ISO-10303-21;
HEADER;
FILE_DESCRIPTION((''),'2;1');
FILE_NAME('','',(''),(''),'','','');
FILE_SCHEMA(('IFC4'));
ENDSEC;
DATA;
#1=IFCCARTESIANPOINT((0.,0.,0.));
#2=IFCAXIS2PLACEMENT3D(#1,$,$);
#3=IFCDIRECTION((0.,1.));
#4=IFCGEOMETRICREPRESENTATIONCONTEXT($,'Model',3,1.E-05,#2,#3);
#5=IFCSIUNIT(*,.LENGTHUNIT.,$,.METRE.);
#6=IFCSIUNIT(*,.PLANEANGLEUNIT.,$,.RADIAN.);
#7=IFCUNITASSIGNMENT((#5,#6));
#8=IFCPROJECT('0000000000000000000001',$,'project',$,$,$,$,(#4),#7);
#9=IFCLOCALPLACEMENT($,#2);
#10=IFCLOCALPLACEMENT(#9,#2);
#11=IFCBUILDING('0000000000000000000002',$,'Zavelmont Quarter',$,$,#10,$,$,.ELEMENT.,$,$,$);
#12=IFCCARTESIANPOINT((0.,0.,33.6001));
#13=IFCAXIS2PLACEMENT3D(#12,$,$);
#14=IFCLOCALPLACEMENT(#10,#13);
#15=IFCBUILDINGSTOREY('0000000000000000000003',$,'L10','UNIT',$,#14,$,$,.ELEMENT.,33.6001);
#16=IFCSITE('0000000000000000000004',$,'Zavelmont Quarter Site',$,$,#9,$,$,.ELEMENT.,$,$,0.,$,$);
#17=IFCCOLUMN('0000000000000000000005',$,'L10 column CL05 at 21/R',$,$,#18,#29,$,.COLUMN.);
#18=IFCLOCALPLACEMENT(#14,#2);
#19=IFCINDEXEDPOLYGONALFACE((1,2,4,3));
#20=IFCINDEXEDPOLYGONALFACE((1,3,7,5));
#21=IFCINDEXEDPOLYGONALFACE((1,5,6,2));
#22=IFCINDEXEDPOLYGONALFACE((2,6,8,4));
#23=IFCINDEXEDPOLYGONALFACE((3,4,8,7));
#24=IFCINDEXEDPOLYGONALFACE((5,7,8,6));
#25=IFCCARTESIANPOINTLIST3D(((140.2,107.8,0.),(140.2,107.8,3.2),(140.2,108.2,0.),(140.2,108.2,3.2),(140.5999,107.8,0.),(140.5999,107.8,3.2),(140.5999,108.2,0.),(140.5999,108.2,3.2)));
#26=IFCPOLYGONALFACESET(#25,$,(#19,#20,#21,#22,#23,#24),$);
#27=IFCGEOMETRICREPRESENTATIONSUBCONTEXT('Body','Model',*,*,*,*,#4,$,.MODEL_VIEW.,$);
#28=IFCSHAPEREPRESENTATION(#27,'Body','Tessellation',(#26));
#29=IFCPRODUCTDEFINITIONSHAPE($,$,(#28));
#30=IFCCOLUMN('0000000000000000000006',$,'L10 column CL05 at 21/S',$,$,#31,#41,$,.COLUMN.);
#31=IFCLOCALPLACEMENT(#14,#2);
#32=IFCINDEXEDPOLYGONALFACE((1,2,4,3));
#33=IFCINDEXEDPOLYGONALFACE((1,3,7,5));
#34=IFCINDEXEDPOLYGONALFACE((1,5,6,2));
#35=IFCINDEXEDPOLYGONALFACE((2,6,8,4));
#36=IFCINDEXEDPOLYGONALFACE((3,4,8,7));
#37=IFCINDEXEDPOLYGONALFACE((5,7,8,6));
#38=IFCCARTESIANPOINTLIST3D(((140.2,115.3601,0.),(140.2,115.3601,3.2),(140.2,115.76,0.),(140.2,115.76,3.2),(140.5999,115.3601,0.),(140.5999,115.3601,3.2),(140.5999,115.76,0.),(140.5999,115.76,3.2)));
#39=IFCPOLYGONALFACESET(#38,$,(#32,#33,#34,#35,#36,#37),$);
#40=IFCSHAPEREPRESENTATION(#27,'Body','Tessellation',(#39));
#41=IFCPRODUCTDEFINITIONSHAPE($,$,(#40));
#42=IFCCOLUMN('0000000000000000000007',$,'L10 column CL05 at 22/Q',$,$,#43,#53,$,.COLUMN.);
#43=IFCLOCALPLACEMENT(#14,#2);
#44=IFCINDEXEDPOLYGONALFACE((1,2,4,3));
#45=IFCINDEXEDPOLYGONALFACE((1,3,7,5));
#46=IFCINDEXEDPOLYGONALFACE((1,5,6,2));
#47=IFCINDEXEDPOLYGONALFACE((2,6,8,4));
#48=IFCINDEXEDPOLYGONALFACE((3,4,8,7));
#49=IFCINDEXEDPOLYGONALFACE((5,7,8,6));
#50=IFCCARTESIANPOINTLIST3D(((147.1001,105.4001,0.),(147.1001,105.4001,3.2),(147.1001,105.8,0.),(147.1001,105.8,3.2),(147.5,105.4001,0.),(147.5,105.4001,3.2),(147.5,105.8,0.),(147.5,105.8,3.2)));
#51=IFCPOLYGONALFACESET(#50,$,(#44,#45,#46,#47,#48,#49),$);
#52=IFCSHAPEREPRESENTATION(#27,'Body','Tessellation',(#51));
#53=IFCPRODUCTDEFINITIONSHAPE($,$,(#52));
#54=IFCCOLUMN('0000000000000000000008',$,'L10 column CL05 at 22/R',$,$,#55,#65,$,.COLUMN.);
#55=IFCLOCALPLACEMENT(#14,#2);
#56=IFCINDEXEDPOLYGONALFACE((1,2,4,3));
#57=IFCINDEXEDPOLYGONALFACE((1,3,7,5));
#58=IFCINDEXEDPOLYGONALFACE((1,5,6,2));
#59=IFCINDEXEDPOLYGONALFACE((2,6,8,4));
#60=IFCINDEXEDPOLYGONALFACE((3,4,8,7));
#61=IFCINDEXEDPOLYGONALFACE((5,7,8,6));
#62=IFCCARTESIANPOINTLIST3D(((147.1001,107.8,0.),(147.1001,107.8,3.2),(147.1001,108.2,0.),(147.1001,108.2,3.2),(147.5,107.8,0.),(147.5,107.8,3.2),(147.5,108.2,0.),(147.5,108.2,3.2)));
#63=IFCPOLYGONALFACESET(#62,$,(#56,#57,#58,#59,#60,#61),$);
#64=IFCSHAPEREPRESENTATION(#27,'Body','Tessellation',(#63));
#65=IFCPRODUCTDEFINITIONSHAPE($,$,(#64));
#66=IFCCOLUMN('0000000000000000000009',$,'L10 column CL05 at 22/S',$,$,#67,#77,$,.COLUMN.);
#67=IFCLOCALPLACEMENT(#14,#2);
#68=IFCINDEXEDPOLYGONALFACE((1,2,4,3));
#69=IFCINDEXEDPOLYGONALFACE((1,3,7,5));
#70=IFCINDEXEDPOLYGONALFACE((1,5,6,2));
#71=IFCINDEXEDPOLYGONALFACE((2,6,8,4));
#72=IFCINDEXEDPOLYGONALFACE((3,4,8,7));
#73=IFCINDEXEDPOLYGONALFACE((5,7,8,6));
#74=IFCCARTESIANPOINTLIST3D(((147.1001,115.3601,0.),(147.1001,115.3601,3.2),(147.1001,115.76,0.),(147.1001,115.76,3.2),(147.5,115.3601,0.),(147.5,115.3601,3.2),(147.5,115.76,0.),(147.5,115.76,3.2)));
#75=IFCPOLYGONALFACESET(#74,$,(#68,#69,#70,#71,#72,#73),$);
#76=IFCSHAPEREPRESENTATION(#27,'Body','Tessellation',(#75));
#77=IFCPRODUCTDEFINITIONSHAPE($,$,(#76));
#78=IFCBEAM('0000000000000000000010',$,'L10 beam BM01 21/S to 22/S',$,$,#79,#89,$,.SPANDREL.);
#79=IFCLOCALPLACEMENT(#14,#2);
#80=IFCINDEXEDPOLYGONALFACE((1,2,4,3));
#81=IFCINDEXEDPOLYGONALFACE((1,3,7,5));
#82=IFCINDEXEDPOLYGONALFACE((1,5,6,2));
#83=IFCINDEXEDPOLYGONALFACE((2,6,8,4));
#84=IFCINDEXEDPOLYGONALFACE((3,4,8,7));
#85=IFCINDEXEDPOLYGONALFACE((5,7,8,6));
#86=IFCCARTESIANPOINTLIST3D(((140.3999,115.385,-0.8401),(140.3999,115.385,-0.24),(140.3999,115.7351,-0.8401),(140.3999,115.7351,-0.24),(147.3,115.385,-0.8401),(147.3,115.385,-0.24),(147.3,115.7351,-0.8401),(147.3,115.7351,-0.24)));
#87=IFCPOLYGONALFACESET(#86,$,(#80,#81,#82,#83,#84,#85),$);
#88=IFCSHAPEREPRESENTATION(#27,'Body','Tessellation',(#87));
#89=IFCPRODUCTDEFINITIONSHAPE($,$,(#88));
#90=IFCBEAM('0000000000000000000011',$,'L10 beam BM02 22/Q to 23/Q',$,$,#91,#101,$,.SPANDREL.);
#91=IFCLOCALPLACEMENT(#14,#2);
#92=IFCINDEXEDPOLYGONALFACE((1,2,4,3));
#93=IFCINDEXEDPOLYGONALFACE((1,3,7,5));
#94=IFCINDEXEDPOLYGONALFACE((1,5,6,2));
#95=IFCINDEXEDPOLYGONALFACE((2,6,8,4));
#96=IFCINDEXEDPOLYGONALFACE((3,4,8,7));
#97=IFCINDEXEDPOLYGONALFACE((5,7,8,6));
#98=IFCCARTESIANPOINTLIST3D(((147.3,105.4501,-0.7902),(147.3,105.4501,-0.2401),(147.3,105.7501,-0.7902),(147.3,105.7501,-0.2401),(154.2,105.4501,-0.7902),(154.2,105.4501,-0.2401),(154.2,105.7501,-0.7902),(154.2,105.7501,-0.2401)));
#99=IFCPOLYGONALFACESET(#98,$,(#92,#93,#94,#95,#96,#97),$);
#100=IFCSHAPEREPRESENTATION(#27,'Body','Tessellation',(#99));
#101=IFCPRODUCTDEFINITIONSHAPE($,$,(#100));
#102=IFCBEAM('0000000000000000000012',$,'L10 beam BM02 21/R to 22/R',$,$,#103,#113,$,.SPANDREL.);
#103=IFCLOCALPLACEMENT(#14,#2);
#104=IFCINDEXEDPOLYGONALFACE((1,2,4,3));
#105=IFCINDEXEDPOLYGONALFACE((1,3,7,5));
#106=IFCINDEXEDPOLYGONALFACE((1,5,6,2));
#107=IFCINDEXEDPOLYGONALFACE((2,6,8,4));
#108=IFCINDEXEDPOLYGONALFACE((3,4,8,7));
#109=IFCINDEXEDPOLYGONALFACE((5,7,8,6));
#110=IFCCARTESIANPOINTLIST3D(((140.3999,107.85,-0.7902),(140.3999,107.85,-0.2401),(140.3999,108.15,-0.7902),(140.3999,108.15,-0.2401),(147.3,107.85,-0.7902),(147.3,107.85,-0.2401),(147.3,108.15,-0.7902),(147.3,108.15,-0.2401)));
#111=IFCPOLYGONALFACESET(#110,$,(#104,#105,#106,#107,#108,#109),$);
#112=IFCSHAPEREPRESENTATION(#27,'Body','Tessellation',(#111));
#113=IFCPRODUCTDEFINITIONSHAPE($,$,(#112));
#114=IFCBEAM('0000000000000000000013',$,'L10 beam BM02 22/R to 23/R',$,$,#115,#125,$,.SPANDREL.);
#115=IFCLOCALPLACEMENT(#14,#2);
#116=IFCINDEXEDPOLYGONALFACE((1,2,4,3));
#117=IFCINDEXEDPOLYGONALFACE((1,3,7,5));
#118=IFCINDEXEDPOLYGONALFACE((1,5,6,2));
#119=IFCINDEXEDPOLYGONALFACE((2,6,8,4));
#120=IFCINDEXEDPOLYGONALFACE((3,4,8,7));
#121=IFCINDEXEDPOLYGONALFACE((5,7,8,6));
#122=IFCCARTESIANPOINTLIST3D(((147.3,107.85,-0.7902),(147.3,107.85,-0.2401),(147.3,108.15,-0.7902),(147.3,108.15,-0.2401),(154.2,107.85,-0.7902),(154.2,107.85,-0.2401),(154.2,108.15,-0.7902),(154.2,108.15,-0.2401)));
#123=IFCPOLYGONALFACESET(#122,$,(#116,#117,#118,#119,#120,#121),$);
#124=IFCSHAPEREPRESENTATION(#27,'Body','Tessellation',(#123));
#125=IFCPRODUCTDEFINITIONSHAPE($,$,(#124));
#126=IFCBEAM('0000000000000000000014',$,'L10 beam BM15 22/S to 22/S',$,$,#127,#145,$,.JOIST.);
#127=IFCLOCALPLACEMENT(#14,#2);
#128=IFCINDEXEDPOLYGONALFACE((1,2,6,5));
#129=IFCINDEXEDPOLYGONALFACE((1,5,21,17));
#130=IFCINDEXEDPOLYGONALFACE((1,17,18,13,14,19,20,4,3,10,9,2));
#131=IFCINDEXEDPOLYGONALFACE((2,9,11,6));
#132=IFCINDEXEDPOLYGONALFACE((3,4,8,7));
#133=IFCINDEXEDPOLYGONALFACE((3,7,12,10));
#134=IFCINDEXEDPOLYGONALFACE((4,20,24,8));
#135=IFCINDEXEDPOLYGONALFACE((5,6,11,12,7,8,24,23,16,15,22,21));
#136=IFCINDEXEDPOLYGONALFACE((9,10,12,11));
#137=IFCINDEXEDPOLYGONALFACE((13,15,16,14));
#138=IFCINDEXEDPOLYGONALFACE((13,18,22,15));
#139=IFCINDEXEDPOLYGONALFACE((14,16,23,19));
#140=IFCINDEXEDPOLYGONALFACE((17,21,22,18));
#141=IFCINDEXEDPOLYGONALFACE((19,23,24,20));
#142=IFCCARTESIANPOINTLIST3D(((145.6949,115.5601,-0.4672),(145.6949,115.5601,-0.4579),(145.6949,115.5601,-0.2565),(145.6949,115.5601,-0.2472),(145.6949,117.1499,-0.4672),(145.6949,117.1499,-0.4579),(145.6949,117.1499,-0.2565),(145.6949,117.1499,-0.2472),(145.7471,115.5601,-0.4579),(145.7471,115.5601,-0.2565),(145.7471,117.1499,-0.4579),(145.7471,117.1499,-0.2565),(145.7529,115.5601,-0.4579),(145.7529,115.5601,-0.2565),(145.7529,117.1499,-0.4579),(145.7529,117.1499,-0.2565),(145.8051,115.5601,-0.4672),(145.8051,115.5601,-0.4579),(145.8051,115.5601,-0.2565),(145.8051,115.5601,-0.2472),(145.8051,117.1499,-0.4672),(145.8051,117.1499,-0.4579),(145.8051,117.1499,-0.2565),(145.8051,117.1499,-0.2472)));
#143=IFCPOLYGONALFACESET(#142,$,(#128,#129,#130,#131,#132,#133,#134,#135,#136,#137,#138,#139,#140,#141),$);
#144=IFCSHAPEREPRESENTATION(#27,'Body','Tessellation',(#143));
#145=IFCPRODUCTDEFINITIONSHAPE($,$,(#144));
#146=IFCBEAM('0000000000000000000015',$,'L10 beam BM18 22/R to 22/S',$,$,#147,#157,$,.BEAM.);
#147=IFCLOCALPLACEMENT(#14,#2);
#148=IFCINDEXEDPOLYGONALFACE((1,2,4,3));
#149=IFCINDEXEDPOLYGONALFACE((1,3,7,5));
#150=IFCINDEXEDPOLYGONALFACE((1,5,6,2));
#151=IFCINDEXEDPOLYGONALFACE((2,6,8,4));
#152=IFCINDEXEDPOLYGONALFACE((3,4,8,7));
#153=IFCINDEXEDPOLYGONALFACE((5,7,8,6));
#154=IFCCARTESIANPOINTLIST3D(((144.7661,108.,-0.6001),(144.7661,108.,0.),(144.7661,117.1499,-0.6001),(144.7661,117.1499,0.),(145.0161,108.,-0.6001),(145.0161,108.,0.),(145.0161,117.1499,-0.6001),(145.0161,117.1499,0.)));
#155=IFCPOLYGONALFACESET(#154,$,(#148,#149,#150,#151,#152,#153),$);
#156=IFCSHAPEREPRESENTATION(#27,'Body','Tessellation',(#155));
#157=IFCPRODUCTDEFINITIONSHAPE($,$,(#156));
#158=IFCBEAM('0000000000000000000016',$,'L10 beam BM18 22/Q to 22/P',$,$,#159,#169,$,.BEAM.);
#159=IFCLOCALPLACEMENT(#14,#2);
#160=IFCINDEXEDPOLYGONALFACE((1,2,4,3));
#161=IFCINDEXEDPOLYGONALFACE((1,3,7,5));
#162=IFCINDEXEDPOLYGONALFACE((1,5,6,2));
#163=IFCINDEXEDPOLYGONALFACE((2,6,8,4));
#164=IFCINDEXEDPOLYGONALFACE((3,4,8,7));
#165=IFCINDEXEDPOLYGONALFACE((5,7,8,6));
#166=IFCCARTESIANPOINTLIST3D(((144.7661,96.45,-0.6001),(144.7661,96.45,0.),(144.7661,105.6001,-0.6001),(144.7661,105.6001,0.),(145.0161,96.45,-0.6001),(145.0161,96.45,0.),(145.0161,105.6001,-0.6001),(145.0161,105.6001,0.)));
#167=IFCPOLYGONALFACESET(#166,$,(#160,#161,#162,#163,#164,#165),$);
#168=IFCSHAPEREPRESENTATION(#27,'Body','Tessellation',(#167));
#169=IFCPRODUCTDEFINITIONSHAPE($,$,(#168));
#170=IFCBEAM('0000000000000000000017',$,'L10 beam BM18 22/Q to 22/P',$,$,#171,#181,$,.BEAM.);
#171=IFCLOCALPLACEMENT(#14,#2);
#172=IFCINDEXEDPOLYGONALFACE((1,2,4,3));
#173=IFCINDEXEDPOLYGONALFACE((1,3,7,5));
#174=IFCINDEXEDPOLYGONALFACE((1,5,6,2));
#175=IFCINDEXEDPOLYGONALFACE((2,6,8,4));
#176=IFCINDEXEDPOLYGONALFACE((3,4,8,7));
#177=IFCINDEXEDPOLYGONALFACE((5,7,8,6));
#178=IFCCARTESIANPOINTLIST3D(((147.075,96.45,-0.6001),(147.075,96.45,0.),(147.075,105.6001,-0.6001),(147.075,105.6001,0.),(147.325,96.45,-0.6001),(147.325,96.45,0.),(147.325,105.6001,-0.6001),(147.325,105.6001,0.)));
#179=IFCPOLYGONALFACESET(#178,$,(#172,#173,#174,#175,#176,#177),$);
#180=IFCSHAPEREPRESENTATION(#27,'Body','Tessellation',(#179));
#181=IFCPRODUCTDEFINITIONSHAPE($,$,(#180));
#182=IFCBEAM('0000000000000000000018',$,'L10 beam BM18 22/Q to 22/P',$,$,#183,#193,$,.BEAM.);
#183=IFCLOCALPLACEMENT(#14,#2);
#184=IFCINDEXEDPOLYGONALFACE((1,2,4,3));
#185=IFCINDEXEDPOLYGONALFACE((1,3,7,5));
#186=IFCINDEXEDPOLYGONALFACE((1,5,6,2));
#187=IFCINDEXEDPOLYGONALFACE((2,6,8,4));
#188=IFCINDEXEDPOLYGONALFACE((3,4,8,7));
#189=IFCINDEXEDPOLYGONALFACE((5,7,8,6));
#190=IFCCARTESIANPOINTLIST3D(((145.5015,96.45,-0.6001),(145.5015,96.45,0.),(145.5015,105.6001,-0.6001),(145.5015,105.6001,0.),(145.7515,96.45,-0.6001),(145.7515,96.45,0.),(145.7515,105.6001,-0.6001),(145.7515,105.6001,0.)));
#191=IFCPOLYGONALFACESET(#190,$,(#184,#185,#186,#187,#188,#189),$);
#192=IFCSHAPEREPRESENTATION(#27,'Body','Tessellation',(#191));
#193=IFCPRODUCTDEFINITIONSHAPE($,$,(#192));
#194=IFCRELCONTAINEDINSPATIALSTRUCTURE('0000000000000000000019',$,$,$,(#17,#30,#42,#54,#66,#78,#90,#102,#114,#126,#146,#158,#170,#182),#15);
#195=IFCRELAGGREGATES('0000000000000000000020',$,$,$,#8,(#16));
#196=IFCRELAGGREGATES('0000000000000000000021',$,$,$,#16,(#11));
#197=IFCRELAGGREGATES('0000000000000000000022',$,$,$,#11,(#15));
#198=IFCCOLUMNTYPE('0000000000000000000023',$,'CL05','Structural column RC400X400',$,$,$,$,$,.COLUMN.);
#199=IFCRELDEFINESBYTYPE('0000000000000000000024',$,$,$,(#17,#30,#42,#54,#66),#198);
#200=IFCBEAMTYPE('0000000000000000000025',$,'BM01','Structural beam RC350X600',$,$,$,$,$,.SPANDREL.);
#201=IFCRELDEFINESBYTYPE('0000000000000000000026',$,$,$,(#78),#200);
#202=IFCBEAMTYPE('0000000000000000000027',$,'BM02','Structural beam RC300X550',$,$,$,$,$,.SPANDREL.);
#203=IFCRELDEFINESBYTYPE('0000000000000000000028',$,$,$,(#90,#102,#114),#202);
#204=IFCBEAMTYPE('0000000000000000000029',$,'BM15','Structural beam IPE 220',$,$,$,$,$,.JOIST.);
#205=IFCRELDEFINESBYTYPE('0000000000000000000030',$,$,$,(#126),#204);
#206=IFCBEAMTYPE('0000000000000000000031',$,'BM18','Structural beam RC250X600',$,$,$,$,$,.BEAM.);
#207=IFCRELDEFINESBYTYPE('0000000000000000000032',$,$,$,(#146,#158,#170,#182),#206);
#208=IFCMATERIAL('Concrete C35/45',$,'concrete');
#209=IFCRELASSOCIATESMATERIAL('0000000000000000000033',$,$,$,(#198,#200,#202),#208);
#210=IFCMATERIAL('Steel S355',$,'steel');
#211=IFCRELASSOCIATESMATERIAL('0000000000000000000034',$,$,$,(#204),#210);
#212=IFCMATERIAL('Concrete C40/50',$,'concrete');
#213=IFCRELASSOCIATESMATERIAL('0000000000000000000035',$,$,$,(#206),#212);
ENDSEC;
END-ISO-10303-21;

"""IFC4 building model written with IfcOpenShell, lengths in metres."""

from ifc_helpers import new_model, si_unit, direction, frame, origin, origin_2d, place, context, subcontext, project, spatial, rectangle, i_section, extrude, material, material_profile, profile_set, type_object, element, save


model = new_model("IFC4")

# Units and contexts
model_context = context("Model", 3, precision=1e-05, world=origin(), true_north=direction((0.0, 1.0)))
body_context = subcontext(model_context, "Body", "Model", "MODEL_VIEW")
ifc_project = project(units=[si_unit("LENGTHUNIT", "METRE"), si_unit("PLANEANGLEUNIT", "RADIAN")], contexts=[model_context])

# Site, building, storey
site_placement = place(None, origin())
site = spatial("IfcSite", under=ifc_project, at=site_placement, Name="Zavelmont Quarter Site", CompositionType="ELEMENT", RefElevation=0.0)
building_placement = place(site_placement, origin())
building = spatial("IfcBuilding", under=site, at=building_placement, Name="Zavelmont Quarter", CompositionType="ELEMENT")
storey_placement = place(building_placement, frame((0.0, 0.0, 33.6001)))
storey = spatial("IfcBuildingStorey", under=building, at=storey_placement, Name="L10", Description="UNIT", CompositionType="ELEMENT", Elevation=33.6001)

# Columns
ifc_material_1 = material(Name="Concrete C35/45", Category="concrete")
ifc_material_profile_1 = material_profile(ifc_material_1, rectangle(XDim=0.3999, YDim=0.3999, at=origin_2d()), Name="RC400X400")
ifc_profile_set_1 = profile_set([ifc_material_profile_1], Name="Concrete C35/45")
column_type = type_object("IfcColumnType", Name="CL05", Description="Structural column RC400X400", PredefinedType="COLUMN", material=ifc_profile_set_1)
for number, where, z_axis, x_axis, name in (
    (1, (140.3999, 108.0, 0.0), (0.0, 0.0, 1.0), (1.0, 0.0, 0.0), "L10 column CL05 at 21/R"),
    (2, (140.3999, 115.5601, 0.0), (0.0, 0.0, 1.0), (1.0, 0.0, 0.0), "L10 column CL05 at 21/S"),
    (3, (147.3, 105.6001, 0.0), (0.0, 0.0, 1.0), (1.0, 0.0, 0.0), "L10 column CL05 at 22/Q"),
    (4, (147.3, 108.0, 0.0), (0.0, 0.0, 1.0), (1.0, 0.0, 0.0), "L10 column CL05 at 22/R"),
    (5, (147.3, 115.5601, 0.0), (0.0, 0.0, 1.0), (1.0, 0.0, 0.0), "L10 column CL05 at 22/S"),
):
    element("IfcColumn", number, at=place(storey_placement, frame(where, z_axis=z_axis, x_axis=x_axis)), inside=storey, type_object=column_type, Name=name, PredefinedType="COLUMN", context=body_context, shape_type="SweptSolid", body=[
        extrude(rectangle(XDim=0.3999, YDim=0.3999, at=origin_2d()), origin(), (0.0, 0.0, 1.0), 3.2),
    ])

# Beams
ifc_material_profile_2 = material_profile(ifc_material_1, rectangle(XDim=0.3501, YDim=0.6001, at=origin_2d()), Name="RC350X600")
ifc_profile_set_2 = profile_set([ifc_material_profile_2], Name="Concrete C35/45")
beam_type_1 = type_object("IfcBeamType", Name="BM01", Description="Structural beam RC350X600", PredefinedType="SPANDREL", material=ifc_profile_set_2)
beam_1_placement = place(storey_placement, frame((140.3999, 115.5601, -0.54), z_axis=(1.0, 0.0, 0.0), x_axis=(0.0, 1.0, 0.0)))
element("IfcBeam", 6, at=beam_1_placement, inside=storey, type_object=beam_type_1, Name="L10 beam BM01 21/S to 22/S", PredefinedType="SPANDREL", context=body_context, shape_type="SweptSolid", body=[
    extrude(rectangle(XDim=0.3501, YDim=0.6001, at=origin_2d()), origin(), (0.0, 0.0, 1.0), 6.9001),
])
ifc_material_profile_3 = material_profile(ifc_material_1, rectangle(XDim=0.3, YDim=0.55, at=origin_2d()), Name="RC300X550")
ifc_profile_set_3 = profile_set([ifc_material_profile_3], Name="Concrete C35/45")
beam_type_2 = type_object("IfcBeamType", Name="BM02", Description="Structural beam RC300X550", PredefinedType="SPANDREL", material=ifc_profile_set_3)
beam_2_placement = place(storey_placement, frame((147.3, 105.6001, -0.5151), z_axis=(1.0, 0.0, 0.0), x_axis=(0.0, 1.0, 0.0)))
element("IfcBeam", 7, at=beam_2_placement, inside=storey, type_object=beam_type_2, Name="L10 beam BM02 22/Q to 23/Q", PredefinedType="SPANDREL", context=body_context, shape_type="SweptSolid", body=[
    extrude(rectangle(XDim=0.3, YDim=0.55, at=origin_2d()), origin(), (0.0, 0.0, 1.0), 6.8999),
])
beam_3_placement = place(storey_placement, frame((140.3999, 108.0, -0.5151), z_axis=(1.0, 0.0, 0.0), x_axis=(0.0, 1.0, 0.0)))
element("IfcBeam", 8, at=beam_3_placement, inside=storey, type_object=beam_type_2, Name="L10 beam BM02 21/R to 22/R", PredefinedType="SPANDREL", context=body_context, shape_type="SweptSolid", body=[
    extrude(rectangle(XDim=0.3, YDim=0.55, at=origin_2d()), origin(), (0.0, 0.0, 1.0), 6.9001),
])
beam_4_placement = place(storey_placement, frame((147.3, 108.0, -0.5151), z_axis=(1.0, 0.0, 0.0), x_axis=(0.0, 1.0, 0.0)))
element("IfcBeam", 9, at=beam_4_placement, inside=storey, type_object=beam_type_2, Name="L10 beam BM02 22/R to 23/R", PredefinedType="SPANDREL", context=body_context, shape_type="SweptSolid", body=[
    extrude(rectangle(XDim=0.3, YDim=0.55, at=origin_2d()), origin(), (0.0, 0.0, 1.0), 6.8999),
])
ifc_material_2 = material(Name="Steel S355", Category="steel")
ifc_material_profile_4 = material_profile(ifc_material_2, i_section(OverallWidth=0.1101, OverallDepth=0.22, WebThickness=0.0059, FlangeThickness=0.0093, at=origin_2d()), Name="IPE 220")
ifc_profile_set_4 = profile_set([ifc_material_profile_4], Name="Steel S355")
beam_type_3 = type_object("IfcBeamType", Name="BM15", Description="Structural beam IPE 220", PredefinedType="JOIST", material=ifc_profile_set_4)
beam_5_placement = place(storey_placement, frame((145.75, 115.5601, -0.3572), z_axis=(0.0, 1.0, 0.0), x_axis=(-1.0, 0.0, 0.0)))
element("IfcBeam", 10, at=beam_5_placement, inside=storey, type_object=beam_type_3, Name="L10 beam BM15 22/S to 22/S", PredefinedType="JOIST", context=body_context, shape_type="SweptSolid", body=[
    extrude(i_section(OverallWidth=0.1101, OverallDepth=0.22, WebThickness=0.0059, FlangeThickness=0.0093, at=origin_2d()), origin(), (0.0, 0.0, 1.0), 1.5898),
])
ifc_material_3 = material(Name="Concrete C40/50", Category="concrete")
ifc_material_profile_5 = material_profile(ifc_material_3, rectangle(XDim=0.25, YDim=0.6001, at=origin_2d()), Name="RC250X600")
ifc_profile_set_5 = profile_set([ifc_material_profile_5], Name="Concrete C40/50")
beam_type_4 = type_object("IfcBeamType", Name="BM18", Description="Structural beam RC250X600", PredefinedType="BEAM", material=ifc_profile_set_5)
beam_6_placement = place(storey_placement, frame((144.8911, 108.0, -0.3), z_axis=(0.0, 1.0, 0.0), x_axis=(-1.0, 0.0, 0.0)))
element("IfcBeam", 11, at=beam_6_placement, inside=storey, type_object=beam_type_4, Name="L10 beam BM18 22/R to 22/S", PredefinedType="BEAM", context=body_context, shape_type="SweptSolid", body=[
    extrude(rectangle(XDim=0.25, YDim=0.6001, at=origin_2d()), origin(), (0.0, 0.0, 1.0), 9.1499),
])
for number, where, z_axis, x_axis, name in (
    (12, (144.8911, 105.6001, -0.3), (0.0, -1.0, 0.0), (1.0, 0.0, 0.0), "L10 beam BM18 22/Q to 22/P"),
    (13, (147.2, 105.6001, -0.3), (0.0, -1.0, 0.0), (1.0, 0.0, 0.0), "L10 beam BM18 22/Q to 22/P"),
    (14, (145.6265, 105.6001, -0.3), (0.0, -1.0, 0.0), (1.0, 0.0, 0.0), "L10 beam BM18 22/Q to 22/P"),
):
    element("IfcBeam", number, at=place(storey_placement, frame(where, z_axis=z_axis, x_axis=x_axis)), inside=storey, type_object=beam_type_4, Name=name, PredefinedType="BEAM", context=body_context, shape_type="SweptSolid", body=[
        extrude(rectangle(XDim=0.25, YDim=0.6001, at=origin_2d()), origin(), (0.0, 0.0, 1.0), 9.1501),
    ])

save(model, "model.ifc")
